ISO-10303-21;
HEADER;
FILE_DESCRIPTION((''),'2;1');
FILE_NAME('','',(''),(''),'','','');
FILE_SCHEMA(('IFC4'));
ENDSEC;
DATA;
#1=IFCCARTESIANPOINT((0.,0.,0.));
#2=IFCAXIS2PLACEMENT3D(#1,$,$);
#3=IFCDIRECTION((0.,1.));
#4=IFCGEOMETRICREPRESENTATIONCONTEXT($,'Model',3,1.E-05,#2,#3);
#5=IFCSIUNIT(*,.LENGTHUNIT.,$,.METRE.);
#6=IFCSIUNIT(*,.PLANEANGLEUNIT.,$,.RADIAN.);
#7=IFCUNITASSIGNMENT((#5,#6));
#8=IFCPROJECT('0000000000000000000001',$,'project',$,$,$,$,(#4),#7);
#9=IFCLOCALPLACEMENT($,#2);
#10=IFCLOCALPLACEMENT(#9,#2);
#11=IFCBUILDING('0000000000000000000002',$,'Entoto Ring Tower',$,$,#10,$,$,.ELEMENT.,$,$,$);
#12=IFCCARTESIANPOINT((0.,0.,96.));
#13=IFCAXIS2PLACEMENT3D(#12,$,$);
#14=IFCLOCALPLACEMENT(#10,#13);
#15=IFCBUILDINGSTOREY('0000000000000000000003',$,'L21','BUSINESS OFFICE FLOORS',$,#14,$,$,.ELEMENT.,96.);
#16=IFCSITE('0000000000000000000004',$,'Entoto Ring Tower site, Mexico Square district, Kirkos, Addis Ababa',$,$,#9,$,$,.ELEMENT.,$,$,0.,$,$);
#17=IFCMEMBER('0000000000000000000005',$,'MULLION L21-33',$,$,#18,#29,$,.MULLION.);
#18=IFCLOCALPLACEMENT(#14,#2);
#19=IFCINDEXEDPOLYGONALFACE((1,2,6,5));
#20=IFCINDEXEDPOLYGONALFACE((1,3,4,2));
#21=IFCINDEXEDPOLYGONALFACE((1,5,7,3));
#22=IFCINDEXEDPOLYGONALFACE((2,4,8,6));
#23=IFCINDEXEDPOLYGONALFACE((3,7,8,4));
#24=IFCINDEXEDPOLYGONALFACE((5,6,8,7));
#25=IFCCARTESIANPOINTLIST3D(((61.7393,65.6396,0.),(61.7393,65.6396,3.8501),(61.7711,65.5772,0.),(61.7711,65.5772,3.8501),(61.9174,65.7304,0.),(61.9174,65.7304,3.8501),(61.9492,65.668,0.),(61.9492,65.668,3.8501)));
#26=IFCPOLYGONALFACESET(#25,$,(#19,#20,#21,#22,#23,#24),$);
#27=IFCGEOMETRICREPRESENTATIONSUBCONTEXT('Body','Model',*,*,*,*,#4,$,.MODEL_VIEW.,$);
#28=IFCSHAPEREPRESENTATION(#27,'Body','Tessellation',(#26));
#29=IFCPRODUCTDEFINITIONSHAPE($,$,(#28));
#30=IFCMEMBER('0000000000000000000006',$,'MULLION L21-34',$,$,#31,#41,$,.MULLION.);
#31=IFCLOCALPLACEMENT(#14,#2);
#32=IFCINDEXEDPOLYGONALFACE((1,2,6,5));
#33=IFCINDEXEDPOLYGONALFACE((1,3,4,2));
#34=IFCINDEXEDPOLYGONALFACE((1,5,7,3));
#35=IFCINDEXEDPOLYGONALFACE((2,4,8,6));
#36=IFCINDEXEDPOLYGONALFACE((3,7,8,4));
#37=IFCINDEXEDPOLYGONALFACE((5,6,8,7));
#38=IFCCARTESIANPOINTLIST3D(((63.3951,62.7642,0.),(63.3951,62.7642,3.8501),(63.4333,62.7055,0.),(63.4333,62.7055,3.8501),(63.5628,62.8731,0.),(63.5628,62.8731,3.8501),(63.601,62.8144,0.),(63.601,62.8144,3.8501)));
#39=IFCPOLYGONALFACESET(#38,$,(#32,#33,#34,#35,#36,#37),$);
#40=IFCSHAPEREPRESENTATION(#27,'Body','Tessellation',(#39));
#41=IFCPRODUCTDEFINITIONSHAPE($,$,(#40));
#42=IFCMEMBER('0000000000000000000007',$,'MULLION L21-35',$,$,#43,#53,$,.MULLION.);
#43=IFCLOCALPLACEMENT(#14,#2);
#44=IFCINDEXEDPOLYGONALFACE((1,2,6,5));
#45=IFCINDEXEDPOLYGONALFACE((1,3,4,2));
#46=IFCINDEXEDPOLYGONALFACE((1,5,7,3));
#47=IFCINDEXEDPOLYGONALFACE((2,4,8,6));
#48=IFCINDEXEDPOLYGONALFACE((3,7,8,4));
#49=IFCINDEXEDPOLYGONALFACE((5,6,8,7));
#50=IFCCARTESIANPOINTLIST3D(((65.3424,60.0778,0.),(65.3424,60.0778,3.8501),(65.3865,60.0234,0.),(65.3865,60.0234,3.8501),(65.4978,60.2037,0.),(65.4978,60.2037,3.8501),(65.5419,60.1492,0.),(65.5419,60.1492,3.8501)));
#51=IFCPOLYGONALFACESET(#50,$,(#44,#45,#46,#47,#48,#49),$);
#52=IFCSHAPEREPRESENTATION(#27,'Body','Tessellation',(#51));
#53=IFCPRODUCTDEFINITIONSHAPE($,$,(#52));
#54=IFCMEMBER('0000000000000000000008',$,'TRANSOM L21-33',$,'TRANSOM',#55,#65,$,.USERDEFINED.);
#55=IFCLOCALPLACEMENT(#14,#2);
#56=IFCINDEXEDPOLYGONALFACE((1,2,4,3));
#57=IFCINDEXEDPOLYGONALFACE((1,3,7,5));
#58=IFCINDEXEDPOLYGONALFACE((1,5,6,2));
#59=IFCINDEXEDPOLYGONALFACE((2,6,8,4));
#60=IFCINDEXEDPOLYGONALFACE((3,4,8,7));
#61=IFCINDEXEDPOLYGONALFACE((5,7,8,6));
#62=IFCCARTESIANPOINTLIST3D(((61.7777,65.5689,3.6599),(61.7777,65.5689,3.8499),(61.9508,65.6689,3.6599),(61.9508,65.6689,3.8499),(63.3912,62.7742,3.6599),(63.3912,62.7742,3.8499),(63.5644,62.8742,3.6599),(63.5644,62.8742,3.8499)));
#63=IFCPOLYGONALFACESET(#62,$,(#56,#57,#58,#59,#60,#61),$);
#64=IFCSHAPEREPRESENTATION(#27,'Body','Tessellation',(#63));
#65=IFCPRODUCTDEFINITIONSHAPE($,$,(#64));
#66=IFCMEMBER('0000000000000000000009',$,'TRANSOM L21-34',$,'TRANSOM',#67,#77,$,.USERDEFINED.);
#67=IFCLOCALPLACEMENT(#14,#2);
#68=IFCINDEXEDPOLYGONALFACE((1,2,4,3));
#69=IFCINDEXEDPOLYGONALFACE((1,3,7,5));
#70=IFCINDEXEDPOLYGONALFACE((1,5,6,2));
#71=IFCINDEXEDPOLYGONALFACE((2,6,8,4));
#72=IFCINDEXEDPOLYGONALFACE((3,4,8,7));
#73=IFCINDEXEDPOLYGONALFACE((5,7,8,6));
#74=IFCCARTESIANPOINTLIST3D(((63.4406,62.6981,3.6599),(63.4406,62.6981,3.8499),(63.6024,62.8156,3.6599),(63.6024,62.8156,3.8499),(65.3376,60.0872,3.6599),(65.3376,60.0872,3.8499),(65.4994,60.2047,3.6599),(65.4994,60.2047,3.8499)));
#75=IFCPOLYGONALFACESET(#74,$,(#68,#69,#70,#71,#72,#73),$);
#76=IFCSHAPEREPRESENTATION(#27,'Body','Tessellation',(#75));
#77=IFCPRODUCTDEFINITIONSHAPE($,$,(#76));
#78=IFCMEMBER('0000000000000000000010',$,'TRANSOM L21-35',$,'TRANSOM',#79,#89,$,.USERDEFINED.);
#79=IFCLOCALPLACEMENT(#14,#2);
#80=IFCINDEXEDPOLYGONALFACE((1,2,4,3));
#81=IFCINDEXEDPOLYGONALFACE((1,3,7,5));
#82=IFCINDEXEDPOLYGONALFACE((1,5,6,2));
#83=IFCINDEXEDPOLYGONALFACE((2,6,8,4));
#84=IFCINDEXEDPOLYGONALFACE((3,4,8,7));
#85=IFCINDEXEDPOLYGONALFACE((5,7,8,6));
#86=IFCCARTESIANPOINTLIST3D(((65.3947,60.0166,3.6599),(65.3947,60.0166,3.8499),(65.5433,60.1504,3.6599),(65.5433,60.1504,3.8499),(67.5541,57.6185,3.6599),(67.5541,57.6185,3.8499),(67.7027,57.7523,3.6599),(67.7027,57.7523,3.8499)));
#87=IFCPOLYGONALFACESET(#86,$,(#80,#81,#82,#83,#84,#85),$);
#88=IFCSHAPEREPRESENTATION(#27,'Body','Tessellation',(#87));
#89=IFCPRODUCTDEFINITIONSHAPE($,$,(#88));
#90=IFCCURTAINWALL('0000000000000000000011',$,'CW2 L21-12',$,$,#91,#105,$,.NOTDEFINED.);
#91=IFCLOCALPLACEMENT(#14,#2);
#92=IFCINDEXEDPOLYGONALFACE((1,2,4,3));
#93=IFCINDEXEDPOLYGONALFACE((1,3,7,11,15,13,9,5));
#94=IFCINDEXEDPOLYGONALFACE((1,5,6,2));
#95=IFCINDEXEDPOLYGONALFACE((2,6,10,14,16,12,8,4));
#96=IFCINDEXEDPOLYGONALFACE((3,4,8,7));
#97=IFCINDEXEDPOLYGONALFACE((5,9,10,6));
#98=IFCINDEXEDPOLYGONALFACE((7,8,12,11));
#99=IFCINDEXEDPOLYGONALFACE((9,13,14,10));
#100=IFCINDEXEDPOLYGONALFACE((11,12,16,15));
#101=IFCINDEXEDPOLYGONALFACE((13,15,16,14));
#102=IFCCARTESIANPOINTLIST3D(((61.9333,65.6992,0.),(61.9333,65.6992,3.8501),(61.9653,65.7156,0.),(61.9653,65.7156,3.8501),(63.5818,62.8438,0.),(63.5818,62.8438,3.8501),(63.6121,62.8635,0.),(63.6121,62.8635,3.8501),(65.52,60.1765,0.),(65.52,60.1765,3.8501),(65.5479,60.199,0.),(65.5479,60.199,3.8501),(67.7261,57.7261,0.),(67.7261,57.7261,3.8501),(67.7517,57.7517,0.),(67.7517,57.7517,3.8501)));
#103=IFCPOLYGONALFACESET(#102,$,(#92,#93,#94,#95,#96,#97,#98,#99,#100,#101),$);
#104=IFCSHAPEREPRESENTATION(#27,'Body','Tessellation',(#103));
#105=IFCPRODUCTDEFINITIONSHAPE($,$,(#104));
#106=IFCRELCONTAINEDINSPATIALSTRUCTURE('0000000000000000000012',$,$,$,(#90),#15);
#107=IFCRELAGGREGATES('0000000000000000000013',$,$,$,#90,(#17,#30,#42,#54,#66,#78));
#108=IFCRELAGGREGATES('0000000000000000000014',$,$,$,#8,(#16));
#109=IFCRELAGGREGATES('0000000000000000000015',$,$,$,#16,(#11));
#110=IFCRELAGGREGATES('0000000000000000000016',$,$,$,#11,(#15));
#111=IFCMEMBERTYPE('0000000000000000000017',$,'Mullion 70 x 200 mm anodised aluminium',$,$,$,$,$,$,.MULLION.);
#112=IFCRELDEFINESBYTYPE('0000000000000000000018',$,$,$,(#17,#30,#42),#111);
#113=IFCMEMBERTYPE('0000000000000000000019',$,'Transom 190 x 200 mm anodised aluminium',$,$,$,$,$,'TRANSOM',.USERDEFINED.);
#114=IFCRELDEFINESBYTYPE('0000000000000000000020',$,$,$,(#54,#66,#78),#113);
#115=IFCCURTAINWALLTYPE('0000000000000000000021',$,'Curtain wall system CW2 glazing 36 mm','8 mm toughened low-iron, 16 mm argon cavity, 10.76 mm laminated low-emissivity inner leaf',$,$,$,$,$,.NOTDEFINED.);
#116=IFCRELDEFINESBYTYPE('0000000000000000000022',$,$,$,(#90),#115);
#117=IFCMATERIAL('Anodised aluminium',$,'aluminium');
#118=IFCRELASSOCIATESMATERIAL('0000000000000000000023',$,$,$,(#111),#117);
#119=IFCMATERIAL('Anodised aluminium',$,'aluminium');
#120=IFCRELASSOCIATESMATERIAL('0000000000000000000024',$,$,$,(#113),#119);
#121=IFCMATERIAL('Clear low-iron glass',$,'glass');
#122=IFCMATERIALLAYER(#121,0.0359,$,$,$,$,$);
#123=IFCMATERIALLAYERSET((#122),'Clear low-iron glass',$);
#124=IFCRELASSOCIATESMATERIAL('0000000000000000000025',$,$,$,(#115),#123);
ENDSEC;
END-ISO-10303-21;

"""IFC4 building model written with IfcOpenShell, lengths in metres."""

from ifc_helpers import new_model, si_unit, direction, frame, origin, origin_2d, place, context, subcontext, project, spatial, polyline, rectangle, outline, extrude, material, layer, layer_set, material_profile, profile_set, type_object, element, aggregate, save


model = new_model("IFC4")

# Units and contexts
model_context = context("Model", 3, precision=1e-05, world=origin(), true_north=direction((0.0, 1.0)))
body_context = subcontext(model_context, "Body", "Model", "MODEL_VIEW")
ifc_project = project(units=[si_unit("LENGTHUNIT", "METRE"), si_unit("PLANEANGLEUNIT", "RADIAN")], contexts=[model_context])

# Members
ifc_material_1 = material(Name="Anodised aluminium", Category="aluminium")
ifc_material_profile_1 = material_profile(ifc_material_1, rectangle(XDim=0.0701, YDim=0.2, at=origin_2d()), Name="Mullion 70 x 200 mm anodised aluminium")
ifc_profile_set_1 = profile_set([ifc_material_profile_1], Name="Anodised aluminium")
member_type_1 = type_object("IfcMemberType", Name="Mullion 70 x 200 mm anodised aluminium", PredefinedType="MULLION", material=ifc_profile_set_1)
site_placement = place(None, origin())
building_placement = place(site_placement, origin())
storey_placement = place(building_placement, frame((0.0, 0.0, 96.0)))
member_1_placement = place(storey_placement, frame((61.8442, 65.6538, 0.0), z_axis=(0.0, 0.0, 1.0), x_axis=(0.45399, -0.891007, 0.0)))
member_1 = element("IfcMember", 1, at=member_1_placement, type_object=member_type_1, Name="MULLION L21-33", PredefinedType="MULLION", context=body_context, shape_type="SweptSolid", body=[
    extrude(rectangle(XDim=0.0701, YDim=0.2, at=origin_2d()), origin(), (0.0, 0.0, 1.0), 3.8501),
])
member_2_placement = place(storey_placement, frame((63.498, 62.7893, 0.0), z_axis=(0.0, 0.0, 1.0), x_axis=(0.544639, -0.838671, 0.0)))
member_2 = element("IfcMember", 2, at=member_2_placement, type_object=member_type_1, Name="MULLION L21-34", PredefinedType="MULLION", context=body_context, shape_type="SweptSolid", body=[
    extrude(rectangle(XDim=0.0701, YDim=0.2, at=origin_2d()), origin(), (0.0, 0.0, 1.0), 3.8501),
])
member_3_placement = place(storey_placement, frame((65.4421, 60.1135, 0.0), z_axis=(0.0, 0.0, 1.0), x_axis=(0.62932, -0.777146, 0.0)))
member_3 = element("IfcMember", 3, at=member_3_placement, type_object=member_type_1, Name="MULLION L21-35", PredefinedType="MULLION", context=body_context, shape_type="SweptSolid", body=[
    extrude(rectangle(XDim=0.0701, YDim=0.2, at=origin_2d()), origin(), (0.0, 0.0, 1.0), 3.8501),
])
ifc_material_2 = material(Name="Anodised aluminium", Category="aluminium")
ifc_material_profile_2 = material_profile(ifc_material_2, rectangle(XDim=0.2, YDim=0.1899, at=origin_2d()), Name="Transom 190 x 200 mm anodised aluminium")
ifc_profile_set_2 = profile_set([ifc_material_profile_2], Name="Anodised aluminium")
member_type_2 = type_object("IfcMemberType", Name="Transom 190 x 200 mm anodised aluminium", ElementType="TRANSOM", PredefinedType="USERDEFINED", material=ifc_profile_set_2)
member_4_placement = place(storey_placement, frame((61.8643, 65.6189, 3.7549), z_axis=(0.500004, -0.866023, 0.0), x_axis=(0.866023, 0.500004, 0.0)))
member_4 = element("IfcMember", 4, at=member_4_placement, type_object=member_type_2, Name="TRANSOM L21-33", ObjectType="TRANSOM", PredefinedType="USERDEFINED", context=body_context, shape_type="SweptSolid", body=[
    extrude(rectangle(XDim=0.2, YDim=0.1899, at=origin_2d()), origin(), (0.0, 0.0, 1.0), 3.2271),
])
member_5_placement = place(storey_placement, frame((63.5215, 62.7568, 3.7549), z_axis=(0.587803, -0.809004, 0.0), x_axis=(0.809004, 0.587803, 0.0)))
member_5 = element("IfcMember", 5, at=member_5_placement, type_object=member_type_2, Name="TRANSOM L21-34", ObjectType="TRANSOM", PredefinedType="USERDEFINED", context=body_context, shape_type="SweptSolid", body=[
    extrude(rectangle(XDim=0.2, YDim=0.1899, at=origin_2d()), origin(), (0.0, 0.0, 1.0), 3.2273),
])
member_6_placement = place(storey_placement, frame((65.469, 60.0835, 3.7549), z_axis=(0.669144, -0.743132, 0.0), x_axis=(0.743132, 0.669144, 0.0)))
member_6 = element("IfcMember", 6, at=member_6_placement, type_object=member_type_2, Name="TRANSOM L21-35", ObjectType="TRANSOM", PredefinedType="USERDEFINED", context=body_context, shape_type="SweptSolid", body=[
    extrude(rectangle(XDim=0.2, YDim=0.1899, at=origin_2d()), origin(), (0.0, 0.0, 1.0), 3.2271),
])

# Site, building, storey
site = spatial("IfcSite", under=ifc_project, at=site_placement, Name="Entoto Ring Tower site, Mexico Square district, Kirkos, Addis Ababa", CompositionType="ELEMENT", RefElevation=0.0)
building = spatial("IfcBuilding", under=site, at=building_placement, Name="Entoto Ring Tower", CompositionType="ELEMENT")
storey = spatial("IfcBuildingStorey", under=building, at=storey_placement, Name="L21", Description="BUSINESS OFFICE FLOORS", CompositionType="ELEMENT", Elevation=96.0)

# Curtain wall
ifc_material_3 = material(Name="Clear low-iron glass", Category="glass")
ifc_layer = layer(ifc_material_3, 0.0359)
ifc_layer_set = layer_set([ifc_layer], Name="Clear low-iron glass")
curtain_wall_type = type_object("IfcCurtainWallType", Name="Curtain wall system CW2 glazing 36 mm", Description="8 mm toughened low-iron, 16 mm argon cavity, 10.76 mm laminated low-emissivity inner leaf", PredefinedType="NOTDEFINED", material=ifc_layer_set)
curtain_wall_1_placement = place(storey_placement, origin())
curtain_wall_1 = element("IfcCurtainWall", 7, at=curtain_wall_1_placement, inside=storey, type_object=curtain_wall_type, Name="CW2 L21-12", PredefinedType="NOTDEFINED", context=body_context, shape_type="SweptSolid", body=[
    extrude(outline(polyline([(61.9333, 65.6992), (63.5818, 62.8438), (65.52, 60.1765), (67.7261, 57.7261), (67.7517, 57.7517), (65.5479, 60.199), (63.6121, 62.8635), (61.9653, 65.7156), (61.9333, 65.6992)])), origin(), (0.0, 0.0, 1.0), 3.8501),
])
aggregate(curtain_wall_1, [member_1, member_2, member_3, member_4, member_5, member_6])

save(model, "model.ifc")
